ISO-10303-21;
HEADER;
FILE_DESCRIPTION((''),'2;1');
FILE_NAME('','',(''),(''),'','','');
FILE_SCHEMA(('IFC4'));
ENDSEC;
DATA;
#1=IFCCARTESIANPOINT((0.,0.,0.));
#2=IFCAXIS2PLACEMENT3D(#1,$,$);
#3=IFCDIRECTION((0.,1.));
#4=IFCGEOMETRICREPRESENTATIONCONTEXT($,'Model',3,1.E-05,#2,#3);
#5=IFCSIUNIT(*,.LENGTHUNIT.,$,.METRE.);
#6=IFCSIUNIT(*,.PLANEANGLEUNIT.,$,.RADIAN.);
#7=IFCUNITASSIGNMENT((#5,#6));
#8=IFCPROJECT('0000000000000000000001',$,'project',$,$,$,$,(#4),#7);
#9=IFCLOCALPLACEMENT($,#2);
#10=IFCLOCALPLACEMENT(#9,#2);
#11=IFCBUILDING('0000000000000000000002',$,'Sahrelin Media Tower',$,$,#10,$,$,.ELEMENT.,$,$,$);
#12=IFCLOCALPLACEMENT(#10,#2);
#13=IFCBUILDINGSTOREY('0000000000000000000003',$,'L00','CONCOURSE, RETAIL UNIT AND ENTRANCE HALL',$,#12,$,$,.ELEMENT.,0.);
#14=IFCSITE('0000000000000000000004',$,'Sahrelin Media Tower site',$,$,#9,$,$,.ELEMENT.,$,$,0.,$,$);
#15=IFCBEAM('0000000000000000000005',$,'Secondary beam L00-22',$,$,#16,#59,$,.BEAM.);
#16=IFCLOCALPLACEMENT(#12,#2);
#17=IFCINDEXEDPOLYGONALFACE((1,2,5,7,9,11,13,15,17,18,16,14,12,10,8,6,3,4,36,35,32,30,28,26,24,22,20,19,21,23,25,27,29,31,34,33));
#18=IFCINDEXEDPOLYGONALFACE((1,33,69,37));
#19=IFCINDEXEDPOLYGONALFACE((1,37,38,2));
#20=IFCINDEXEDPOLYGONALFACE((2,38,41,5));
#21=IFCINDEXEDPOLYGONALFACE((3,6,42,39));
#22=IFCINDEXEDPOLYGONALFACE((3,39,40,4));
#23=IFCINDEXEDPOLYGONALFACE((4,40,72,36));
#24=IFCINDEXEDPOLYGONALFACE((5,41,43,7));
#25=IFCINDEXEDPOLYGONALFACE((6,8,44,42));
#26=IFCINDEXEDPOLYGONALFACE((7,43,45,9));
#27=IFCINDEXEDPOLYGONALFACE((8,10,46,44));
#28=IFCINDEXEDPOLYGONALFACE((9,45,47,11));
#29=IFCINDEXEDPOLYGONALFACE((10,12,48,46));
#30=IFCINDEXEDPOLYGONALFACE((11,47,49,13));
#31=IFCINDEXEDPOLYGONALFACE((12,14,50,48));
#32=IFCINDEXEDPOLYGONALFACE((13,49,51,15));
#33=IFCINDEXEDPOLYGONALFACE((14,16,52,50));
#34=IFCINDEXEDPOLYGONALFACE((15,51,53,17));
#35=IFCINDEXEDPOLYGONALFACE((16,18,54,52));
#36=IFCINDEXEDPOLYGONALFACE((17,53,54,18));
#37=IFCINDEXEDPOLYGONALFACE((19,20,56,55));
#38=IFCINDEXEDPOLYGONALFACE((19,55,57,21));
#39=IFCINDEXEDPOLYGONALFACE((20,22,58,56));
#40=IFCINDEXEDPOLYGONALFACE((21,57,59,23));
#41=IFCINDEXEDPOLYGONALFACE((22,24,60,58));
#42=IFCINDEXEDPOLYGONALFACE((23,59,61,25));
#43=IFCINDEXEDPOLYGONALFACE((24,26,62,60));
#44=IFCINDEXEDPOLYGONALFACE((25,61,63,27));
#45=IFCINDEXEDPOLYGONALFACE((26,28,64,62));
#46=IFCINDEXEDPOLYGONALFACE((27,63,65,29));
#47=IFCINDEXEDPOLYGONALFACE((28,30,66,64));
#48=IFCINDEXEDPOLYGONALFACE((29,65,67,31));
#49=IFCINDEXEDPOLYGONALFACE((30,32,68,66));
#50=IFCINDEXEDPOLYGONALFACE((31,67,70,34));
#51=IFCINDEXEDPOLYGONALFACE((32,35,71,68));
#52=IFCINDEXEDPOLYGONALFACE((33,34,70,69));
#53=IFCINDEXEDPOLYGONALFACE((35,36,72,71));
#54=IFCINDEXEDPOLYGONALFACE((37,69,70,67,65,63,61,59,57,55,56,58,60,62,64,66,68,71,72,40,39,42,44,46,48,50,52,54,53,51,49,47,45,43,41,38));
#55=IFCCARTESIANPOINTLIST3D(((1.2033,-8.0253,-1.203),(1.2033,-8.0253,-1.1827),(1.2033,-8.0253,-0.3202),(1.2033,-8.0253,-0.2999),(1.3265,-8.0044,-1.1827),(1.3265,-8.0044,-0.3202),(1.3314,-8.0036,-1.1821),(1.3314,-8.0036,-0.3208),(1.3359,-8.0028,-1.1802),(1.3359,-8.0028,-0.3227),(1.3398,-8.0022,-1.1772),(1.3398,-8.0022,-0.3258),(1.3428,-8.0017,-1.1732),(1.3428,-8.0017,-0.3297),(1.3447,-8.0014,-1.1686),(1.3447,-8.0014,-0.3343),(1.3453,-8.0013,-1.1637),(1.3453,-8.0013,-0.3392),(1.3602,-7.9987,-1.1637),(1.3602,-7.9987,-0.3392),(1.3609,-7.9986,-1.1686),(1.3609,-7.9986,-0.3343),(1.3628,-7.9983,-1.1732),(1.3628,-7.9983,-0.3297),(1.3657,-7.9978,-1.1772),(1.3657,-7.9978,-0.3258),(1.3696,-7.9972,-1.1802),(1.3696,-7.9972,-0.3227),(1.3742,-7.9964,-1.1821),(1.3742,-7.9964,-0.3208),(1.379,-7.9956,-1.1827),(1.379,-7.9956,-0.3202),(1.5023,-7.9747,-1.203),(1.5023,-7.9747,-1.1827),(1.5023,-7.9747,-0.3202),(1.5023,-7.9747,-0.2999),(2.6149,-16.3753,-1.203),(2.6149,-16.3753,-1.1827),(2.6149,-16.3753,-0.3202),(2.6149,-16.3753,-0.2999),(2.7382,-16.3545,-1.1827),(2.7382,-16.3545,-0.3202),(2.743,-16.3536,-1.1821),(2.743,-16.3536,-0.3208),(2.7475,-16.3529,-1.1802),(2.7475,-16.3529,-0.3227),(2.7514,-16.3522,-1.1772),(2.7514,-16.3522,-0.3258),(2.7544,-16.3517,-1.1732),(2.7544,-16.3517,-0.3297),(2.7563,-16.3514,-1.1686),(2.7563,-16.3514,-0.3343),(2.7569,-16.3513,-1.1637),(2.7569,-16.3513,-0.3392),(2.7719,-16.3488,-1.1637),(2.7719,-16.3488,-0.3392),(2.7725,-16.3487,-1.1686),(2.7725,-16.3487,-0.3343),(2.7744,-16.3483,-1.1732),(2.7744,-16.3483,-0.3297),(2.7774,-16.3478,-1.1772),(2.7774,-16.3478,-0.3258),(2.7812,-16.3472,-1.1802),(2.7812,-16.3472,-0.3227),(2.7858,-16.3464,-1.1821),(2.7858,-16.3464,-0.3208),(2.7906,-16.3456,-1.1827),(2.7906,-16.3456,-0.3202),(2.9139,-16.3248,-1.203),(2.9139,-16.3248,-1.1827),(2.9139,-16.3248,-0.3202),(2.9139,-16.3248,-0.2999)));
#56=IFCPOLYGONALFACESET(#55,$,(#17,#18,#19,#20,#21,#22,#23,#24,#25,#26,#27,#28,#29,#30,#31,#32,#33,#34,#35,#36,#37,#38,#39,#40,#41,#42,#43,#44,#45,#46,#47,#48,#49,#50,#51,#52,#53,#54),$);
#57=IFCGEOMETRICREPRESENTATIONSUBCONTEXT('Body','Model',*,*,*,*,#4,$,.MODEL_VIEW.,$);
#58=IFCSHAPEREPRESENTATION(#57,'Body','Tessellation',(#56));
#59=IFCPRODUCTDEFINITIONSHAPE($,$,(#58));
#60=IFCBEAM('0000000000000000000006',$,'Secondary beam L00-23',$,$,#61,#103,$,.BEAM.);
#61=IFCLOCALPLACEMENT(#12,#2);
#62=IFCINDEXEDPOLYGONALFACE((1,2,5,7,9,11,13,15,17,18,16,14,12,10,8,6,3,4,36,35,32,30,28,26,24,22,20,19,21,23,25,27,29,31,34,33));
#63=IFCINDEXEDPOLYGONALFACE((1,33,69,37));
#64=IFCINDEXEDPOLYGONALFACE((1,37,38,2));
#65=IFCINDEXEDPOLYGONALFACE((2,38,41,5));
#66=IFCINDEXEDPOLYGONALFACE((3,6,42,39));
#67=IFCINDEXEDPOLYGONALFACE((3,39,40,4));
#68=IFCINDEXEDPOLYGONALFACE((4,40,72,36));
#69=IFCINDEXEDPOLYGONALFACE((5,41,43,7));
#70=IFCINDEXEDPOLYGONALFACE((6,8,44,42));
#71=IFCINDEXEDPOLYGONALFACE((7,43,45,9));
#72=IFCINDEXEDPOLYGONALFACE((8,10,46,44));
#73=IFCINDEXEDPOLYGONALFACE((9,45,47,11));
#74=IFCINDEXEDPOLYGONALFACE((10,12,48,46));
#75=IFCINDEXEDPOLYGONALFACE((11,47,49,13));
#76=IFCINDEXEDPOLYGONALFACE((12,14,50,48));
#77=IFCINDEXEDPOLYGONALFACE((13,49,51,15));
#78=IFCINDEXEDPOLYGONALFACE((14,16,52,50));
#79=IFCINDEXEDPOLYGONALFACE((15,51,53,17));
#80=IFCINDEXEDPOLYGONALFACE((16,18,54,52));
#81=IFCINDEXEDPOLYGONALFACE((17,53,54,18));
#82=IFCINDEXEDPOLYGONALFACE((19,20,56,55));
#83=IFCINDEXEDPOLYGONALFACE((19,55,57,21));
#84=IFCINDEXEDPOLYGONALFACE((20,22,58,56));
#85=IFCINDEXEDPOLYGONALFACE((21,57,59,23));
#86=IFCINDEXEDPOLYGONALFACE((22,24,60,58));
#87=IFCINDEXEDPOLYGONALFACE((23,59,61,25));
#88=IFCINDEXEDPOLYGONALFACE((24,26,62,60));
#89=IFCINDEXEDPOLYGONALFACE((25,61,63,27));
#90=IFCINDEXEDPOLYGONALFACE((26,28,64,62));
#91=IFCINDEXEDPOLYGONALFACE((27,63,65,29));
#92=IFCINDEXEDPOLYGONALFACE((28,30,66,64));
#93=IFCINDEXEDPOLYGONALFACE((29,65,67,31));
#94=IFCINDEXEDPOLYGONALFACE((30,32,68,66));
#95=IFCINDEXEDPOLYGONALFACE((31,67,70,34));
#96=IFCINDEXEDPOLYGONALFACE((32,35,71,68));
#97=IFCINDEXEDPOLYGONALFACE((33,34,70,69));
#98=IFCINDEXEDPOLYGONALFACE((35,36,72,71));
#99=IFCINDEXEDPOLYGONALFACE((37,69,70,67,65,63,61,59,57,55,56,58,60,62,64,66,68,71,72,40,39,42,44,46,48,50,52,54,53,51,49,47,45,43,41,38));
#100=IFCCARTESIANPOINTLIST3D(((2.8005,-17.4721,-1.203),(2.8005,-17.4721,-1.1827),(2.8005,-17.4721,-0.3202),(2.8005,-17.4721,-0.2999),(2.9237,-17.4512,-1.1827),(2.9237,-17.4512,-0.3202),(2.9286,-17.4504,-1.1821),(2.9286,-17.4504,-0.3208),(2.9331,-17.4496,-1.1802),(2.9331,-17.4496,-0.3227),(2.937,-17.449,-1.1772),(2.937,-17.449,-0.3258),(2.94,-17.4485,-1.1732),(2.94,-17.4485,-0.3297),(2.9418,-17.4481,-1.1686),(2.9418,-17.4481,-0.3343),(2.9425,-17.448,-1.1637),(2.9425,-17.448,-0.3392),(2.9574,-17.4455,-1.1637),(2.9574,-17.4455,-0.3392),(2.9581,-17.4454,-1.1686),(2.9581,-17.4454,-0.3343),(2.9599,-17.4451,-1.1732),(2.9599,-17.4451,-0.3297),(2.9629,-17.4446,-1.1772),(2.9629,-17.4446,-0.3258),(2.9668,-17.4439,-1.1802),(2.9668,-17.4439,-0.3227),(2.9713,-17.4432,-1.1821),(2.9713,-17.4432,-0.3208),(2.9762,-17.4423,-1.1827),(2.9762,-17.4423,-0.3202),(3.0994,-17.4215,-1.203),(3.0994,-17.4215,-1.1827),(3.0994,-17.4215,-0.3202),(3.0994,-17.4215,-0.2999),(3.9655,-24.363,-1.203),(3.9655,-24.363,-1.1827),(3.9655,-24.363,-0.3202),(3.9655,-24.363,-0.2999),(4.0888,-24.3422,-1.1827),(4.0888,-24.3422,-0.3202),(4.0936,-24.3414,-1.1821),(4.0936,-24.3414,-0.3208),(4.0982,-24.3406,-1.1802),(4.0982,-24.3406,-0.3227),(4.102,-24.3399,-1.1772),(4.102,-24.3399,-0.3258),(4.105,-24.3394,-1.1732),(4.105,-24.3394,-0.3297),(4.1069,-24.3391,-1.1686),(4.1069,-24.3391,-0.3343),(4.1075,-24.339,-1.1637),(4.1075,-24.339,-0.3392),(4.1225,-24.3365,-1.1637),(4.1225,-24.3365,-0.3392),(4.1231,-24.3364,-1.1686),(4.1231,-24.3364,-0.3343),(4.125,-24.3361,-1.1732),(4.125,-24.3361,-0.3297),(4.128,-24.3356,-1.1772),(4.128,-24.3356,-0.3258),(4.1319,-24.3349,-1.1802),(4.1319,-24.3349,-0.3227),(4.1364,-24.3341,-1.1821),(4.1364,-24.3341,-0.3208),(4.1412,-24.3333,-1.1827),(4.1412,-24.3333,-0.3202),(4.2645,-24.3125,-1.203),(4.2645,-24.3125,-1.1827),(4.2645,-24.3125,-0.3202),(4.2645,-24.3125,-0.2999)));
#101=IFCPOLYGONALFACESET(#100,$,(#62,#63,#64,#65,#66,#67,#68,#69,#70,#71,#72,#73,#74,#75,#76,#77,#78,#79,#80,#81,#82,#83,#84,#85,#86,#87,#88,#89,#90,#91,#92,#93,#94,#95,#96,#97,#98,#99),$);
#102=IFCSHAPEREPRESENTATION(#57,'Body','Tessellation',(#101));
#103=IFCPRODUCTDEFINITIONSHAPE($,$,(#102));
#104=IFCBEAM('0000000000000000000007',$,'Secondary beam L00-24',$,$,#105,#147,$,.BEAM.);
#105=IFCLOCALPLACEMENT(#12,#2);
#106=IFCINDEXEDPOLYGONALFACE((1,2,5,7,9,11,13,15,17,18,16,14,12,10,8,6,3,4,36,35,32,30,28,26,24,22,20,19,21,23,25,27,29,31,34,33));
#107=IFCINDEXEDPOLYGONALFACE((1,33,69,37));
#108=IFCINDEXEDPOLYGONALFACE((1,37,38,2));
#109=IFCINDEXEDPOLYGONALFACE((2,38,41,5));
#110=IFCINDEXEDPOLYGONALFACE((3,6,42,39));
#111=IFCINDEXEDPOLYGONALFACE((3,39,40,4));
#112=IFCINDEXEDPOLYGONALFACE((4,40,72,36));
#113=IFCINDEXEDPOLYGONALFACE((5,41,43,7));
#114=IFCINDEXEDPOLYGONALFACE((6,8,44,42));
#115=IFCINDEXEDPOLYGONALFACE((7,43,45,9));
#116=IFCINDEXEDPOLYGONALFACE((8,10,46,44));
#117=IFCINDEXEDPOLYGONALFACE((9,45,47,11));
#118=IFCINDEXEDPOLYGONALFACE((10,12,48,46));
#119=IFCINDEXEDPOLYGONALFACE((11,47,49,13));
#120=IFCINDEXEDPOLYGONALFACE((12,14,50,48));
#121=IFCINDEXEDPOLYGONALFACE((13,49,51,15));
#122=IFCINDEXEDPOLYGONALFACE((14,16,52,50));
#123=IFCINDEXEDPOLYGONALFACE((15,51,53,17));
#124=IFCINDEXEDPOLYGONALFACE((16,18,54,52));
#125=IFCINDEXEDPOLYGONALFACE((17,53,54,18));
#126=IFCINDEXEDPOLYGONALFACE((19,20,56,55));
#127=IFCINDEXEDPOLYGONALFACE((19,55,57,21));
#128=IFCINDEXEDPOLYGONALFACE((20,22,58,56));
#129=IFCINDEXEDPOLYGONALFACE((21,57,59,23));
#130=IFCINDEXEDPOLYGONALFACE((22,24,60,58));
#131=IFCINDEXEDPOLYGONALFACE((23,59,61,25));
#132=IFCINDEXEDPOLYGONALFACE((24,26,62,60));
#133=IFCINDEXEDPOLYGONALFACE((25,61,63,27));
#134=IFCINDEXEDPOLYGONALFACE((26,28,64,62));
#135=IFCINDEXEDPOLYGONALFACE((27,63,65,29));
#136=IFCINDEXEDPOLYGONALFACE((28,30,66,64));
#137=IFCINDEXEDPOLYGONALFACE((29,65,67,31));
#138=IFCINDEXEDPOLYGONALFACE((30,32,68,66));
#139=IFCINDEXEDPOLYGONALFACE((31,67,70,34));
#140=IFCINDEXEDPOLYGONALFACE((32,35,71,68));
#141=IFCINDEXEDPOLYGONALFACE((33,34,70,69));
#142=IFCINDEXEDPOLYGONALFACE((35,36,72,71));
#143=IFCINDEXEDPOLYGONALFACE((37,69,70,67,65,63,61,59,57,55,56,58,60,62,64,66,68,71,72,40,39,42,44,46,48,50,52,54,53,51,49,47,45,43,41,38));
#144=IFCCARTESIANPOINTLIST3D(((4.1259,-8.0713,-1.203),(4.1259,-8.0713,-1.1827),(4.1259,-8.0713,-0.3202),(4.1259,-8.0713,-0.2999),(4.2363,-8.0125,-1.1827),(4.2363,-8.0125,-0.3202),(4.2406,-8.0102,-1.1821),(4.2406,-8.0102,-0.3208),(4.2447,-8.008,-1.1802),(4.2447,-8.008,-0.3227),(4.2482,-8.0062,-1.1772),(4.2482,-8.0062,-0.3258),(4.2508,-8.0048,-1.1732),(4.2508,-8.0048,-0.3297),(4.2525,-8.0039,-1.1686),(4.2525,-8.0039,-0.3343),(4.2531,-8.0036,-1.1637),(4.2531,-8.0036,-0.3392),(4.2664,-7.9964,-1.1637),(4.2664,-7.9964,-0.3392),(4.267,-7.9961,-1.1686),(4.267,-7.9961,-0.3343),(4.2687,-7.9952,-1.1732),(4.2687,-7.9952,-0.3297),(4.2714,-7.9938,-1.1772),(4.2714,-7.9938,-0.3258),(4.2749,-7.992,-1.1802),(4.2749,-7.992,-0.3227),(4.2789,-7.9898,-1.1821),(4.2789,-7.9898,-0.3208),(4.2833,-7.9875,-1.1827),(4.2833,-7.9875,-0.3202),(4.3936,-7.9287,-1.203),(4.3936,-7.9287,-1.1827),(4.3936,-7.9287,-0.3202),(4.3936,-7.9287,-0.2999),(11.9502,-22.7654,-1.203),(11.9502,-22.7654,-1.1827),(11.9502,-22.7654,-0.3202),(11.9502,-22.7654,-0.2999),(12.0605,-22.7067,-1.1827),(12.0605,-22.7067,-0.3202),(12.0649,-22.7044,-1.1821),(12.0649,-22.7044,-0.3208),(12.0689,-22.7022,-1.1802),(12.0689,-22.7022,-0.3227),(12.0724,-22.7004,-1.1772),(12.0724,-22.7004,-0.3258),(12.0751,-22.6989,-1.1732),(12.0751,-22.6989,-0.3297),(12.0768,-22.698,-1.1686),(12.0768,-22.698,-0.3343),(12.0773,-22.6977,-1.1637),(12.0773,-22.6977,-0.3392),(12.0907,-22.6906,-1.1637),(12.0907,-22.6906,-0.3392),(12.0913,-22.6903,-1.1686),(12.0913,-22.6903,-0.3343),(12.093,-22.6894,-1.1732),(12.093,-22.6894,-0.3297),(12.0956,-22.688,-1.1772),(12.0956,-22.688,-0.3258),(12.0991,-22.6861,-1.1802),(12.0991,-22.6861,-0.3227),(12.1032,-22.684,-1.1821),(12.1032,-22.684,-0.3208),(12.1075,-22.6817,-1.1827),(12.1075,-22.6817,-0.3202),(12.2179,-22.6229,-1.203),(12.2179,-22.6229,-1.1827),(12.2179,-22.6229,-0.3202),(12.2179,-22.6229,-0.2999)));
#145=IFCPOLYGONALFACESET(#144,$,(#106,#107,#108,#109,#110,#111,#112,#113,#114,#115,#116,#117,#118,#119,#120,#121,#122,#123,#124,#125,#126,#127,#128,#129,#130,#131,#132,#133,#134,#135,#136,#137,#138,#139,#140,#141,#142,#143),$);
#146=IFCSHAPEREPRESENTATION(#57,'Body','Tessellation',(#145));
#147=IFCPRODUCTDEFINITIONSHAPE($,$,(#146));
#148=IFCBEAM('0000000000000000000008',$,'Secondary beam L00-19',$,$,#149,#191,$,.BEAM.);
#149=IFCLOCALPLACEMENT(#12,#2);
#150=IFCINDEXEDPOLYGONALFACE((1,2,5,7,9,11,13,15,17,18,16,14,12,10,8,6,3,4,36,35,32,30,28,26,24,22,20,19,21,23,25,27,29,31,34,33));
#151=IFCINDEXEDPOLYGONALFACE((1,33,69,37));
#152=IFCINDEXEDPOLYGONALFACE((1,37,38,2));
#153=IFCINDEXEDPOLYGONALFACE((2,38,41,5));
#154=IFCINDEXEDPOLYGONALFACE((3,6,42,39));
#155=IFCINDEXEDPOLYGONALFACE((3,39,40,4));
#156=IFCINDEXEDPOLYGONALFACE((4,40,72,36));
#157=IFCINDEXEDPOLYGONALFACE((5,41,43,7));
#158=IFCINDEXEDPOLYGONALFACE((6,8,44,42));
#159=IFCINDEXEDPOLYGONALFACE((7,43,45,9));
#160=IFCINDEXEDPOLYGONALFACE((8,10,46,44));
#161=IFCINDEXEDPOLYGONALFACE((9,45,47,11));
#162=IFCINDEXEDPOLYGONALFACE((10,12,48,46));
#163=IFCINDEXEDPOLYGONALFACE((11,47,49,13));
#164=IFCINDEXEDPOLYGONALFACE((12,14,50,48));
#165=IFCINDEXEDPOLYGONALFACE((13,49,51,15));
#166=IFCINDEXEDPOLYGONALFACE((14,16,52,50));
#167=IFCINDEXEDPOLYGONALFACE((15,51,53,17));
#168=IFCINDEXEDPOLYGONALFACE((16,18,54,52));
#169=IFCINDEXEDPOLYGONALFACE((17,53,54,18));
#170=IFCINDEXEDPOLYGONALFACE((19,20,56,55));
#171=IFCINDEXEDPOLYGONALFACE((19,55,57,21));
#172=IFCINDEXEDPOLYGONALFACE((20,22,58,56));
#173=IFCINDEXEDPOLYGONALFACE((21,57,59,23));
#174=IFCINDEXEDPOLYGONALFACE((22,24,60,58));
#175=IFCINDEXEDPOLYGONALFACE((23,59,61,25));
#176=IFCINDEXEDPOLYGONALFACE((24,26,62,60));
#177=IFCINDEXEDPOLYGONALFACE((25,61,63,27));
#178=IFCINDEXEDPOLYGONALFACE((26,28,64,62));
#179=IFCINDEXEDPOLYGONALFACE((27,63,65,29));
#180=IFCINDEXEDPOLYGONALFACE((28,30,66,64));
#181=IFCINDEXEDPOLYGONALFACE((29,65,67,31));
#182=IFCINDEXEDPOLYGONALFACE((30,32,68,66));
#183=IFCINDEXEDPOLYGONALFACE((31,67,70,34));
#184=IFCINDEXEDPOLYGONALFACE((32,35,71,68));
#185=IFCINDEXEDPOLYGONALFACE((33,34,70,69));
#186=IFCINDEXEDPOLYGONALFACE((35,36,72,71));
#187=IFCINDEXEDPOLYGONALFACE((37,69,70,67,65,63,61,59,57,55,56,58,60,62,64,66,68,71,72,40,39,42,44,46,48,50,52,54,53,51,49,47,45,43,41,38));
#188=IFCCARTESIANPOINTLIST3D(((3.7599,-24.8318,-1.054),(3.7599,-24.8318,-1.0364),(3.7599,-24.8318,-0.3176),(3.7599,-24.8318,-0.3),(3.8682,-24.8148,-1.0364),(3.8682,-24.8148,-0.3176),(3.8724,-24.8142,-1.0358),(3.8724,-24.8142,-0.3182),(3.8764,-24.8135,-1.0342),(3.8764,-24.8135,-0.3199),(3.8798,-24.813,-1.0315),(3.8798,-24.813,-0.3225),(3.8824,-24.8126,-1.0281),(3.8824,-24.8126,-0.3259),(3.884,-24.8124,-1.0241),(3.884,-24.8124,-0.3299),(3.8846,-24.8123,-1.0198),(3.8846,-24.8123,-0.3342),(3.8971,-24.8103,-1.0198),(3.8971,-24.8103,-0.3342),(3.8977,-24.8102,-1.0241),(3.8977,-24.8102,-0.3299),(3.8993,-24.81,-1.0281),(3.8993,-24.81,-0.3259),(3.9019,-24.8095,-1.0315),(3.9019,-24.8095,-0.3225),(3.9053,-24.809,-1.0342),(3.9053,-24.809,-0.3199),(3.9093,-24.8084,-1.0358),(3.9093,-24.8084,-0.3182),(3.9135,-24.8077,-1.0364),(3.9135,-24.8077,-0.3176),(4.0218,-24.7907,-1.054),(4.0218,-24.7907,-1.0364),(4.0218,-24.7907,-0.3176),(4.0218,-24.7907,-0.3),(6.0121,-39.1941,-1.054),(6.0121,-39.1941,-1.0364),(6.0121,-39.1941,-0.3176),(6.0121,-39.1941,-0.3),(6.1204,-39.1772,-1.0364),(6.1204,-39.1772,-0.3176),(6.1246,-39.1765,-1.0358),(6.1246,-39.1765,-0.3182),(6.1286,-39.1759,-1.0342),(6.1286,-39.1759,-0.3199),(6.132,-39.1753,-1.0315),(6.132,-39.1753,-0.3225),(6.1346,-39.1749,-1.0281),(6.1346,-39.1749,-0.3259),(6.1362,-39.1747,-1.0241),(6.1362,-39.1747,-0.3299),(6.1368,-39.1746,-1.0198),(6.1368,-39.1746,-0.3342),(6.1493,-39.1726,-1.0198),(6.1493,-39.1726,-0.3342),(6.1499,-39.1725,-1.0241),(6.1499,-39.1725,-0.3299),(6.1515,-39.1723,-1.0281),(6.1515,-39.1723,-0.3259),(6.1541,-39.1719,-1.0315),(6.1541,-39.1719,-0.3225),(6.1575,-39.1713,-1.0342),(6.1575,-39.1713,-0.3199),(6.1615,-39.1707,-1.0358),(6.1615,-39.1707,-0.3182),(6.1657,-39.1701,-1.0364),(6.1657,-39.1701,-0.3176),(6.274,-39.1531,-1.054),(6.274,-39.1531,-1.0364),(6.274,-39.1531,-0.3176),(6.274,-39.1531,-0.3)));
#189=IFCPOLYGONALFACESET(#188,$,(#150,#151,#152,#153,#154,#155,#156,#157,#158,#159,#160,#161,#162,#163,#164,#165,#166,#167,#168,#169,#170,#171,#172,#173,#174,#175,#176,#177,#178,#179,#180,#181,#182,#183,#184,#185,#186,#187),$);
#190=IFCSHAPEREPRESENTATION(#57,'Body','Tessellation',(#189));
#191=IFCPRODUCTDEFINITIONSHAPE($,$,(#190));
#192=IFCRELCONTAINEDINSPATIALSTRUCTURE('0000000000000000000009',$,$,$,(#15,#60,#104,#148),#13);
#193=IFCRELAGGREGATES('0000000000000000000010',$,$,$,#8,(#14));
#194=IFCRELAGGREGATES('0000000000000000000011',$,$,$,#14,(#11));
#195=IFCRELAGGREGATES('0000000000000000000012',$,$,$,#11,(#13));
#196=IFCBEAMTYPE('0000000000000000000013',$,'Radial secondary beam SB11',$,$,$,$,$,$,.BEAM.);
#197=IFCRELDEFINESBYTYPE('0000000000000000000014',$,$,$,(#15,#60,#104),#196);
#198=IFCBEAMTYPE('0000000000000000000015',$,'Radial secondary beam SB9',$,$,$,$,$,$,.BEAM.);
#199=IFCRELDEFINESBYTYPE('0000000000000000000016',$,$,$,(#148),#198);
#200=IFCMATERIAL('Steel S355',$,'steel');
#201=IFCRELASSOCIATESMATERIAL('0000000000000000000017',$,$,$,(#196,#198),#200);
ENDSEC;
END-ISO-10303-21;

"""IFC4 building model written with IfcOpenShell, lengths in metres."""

from ifc_helpers import new_model, si_unit, direction, frame, origin, origin_2d, place, context, subcontext, project, spatial, i_section, extrude, material, material_profile, profile_set, type_object, element, save


model = new_model("IFC4")

# Units and contexts
model_context = context("Model", 3, precision=1e-05, world=origin(), true_north=direction((0.0, 1.0)))
body_context = subcontext(model_context, "Body", "Model", "MODEL_VIEW")
ifc_project = project(units=[si_unit("LENGTHUNIT", "METRE"), si_unit("PLANEANGLEUNIT", "RADIAN")], contexts=[model_context])

# Site, building, storey
site_placement = place(None, origin())
site = spatial("IfcSite", under=ifc_project, at=site_placement, Name="Sahrelin Media Tower site", CompositionType="ELEMENT", RefElevation=0.0)
building_placement = place(site_placement, origin())
building = spatial("IfcBuilding", under=site, at=building_placement, Name="Sahrelin Media Tower", CompositionType="ELEMENT")
storey_placement = place(building_placement, origin())
storey = spatial("IfcBuildingStorey", under=building, at=storey_placement, Name="L00", Description="CONCOURSE, RETAIL UNIT AND ENTRANCE HALL", CompositionType="ELEMENT", Elevation=0.0)

# Beams
ifc_material_1 = material(Name="Steel S355", Category="steel")
ifc_material_profile_1 = material_profile(ifc_material_1, i_section(OverallWidth=0.3032, OverallDepth=0.9031, WebThickness=0.0151, FlangeThickness=0.0203, FilletRadius=0.019, at=origin_2d()), Name="UB 914x305x201")
ifc_profile_set_1 = profile_set([ifc_material_profile_1], Name="Steel S355")
beam_type_1 = type_object("IfcBeamType", Name="Radial secondary beam SB11", PredefinedType="BEAM", material=ifc_profile_set_1)
beam_1_placement = place(storey_placement, frame((1.3528, -8.0, -0.7515), z_axis=(0.166689, -0.986009, 0.0), x_axis=(0.986009, 0.166689, 0.0)))
element("IfcBeam", 1, at=beam_1_placement, inside=storey, type_object=beam_type_1, Name="Secondary beam L00-22", PredefinedType="BEAM", context=body_context, shape_type="SweptSolid", body=[
    extrude(i_section(OverallWidth=0.3032, OverallDepth=0.9031, WebThickness=0.0151, FlangeThickness=0.0203, FilletRadius=0.019, at=origin_2d()), origin(), (0.0, 0.0, 1.0), 8.4685),
])
beam_2_placement = place(storey_placement, frame((2.95, -17.4468, -0.7515), z_axis=(0.166704, -0.986007, 0.0), x_axis=(0.986007, 0.166704, 0.0)))
element("IfcBeam", 2, at=beam_2_placement, inside=storey, type_object=beam_type_1, Name="Secondary beam L00-23", PredefinedType="BEAM", context=body_context, shape_type="SweptSolid", body=[
    extrude(i_section(OverallWidth=0.3032, OverallDepth=0.9031, WebThickness=0.0151, FlangeThickness=0.0203, FilletRadius=0.019, at=origin_2d()), origin(), (0.0, 0.0, 1.0), 6.9888),
])
beam_3_placement = place(storey_placement, frame((4.2598, -8.0, -0.7515), z_axis=(0.469997, -0.882668, 0.0), x_axis=(0.882668, 0.469997, 0.0)))
element("IfcBeam", 3, at=beam_3_placement, inside=storey, type_object=beam_type_1, Name="Secondary beam L00-24", PredefinedType="BEAM", context=body_context, shape_type="SweptSolid", body=[
    extrude(i_section(OverallWidth=0.3032, OverallDepth=0.9031, WebThickness=0.0151, FlangeThickness=0.0203, FilletRadius=0.019, at=origin_2d()), origin(), (0.0, 0.0, 1.0), 16.6475),
])
ifc_material_profile_2 = material_profile(ifc_material_1, i_section(OverallWidth=0.2651, OverallDepth=0.7539, WebThickness=0.0127, FlangeThickness=0.0176, FilletRadius=0.0166, at=origin_2d()), Name="UB 762x267x147")
ifc_profile_set_2 = profile_set([ifc_material_profile_2], Name="Steel S355")
beam_type_2 = type_object("IfcBeamType", Name="Radial secondary beam SB9", PredefinedType="BEAM", material=ifc_profile_set_2)
beam_4_placement = place(storey_placement, frame((3.8909, -24.8113, -0.677), z_axis=(0.15492, -0.987927, 0.0), x_axis=(0.987927, 0.15492, 0.0)))
element("IfcBeam", 4, at=beam_4_placement, inside=storey, type_object=beam_type_2, Name="Secondary beam L00-19", PredefinedType="BEAM", context=body_context, shape_type="SweptSolid", body=[
    extrude(i_section(OverallWidth=0.2651, OverallDepth=0.7539, WebThickness=0.0127, FlangeThickness=0.0176, FilletRadius=0.0166, at=origin_2d()), origin(), (0.0, 0.0, 1.0), 14.5378),
])

save(model, "model.ifc")
